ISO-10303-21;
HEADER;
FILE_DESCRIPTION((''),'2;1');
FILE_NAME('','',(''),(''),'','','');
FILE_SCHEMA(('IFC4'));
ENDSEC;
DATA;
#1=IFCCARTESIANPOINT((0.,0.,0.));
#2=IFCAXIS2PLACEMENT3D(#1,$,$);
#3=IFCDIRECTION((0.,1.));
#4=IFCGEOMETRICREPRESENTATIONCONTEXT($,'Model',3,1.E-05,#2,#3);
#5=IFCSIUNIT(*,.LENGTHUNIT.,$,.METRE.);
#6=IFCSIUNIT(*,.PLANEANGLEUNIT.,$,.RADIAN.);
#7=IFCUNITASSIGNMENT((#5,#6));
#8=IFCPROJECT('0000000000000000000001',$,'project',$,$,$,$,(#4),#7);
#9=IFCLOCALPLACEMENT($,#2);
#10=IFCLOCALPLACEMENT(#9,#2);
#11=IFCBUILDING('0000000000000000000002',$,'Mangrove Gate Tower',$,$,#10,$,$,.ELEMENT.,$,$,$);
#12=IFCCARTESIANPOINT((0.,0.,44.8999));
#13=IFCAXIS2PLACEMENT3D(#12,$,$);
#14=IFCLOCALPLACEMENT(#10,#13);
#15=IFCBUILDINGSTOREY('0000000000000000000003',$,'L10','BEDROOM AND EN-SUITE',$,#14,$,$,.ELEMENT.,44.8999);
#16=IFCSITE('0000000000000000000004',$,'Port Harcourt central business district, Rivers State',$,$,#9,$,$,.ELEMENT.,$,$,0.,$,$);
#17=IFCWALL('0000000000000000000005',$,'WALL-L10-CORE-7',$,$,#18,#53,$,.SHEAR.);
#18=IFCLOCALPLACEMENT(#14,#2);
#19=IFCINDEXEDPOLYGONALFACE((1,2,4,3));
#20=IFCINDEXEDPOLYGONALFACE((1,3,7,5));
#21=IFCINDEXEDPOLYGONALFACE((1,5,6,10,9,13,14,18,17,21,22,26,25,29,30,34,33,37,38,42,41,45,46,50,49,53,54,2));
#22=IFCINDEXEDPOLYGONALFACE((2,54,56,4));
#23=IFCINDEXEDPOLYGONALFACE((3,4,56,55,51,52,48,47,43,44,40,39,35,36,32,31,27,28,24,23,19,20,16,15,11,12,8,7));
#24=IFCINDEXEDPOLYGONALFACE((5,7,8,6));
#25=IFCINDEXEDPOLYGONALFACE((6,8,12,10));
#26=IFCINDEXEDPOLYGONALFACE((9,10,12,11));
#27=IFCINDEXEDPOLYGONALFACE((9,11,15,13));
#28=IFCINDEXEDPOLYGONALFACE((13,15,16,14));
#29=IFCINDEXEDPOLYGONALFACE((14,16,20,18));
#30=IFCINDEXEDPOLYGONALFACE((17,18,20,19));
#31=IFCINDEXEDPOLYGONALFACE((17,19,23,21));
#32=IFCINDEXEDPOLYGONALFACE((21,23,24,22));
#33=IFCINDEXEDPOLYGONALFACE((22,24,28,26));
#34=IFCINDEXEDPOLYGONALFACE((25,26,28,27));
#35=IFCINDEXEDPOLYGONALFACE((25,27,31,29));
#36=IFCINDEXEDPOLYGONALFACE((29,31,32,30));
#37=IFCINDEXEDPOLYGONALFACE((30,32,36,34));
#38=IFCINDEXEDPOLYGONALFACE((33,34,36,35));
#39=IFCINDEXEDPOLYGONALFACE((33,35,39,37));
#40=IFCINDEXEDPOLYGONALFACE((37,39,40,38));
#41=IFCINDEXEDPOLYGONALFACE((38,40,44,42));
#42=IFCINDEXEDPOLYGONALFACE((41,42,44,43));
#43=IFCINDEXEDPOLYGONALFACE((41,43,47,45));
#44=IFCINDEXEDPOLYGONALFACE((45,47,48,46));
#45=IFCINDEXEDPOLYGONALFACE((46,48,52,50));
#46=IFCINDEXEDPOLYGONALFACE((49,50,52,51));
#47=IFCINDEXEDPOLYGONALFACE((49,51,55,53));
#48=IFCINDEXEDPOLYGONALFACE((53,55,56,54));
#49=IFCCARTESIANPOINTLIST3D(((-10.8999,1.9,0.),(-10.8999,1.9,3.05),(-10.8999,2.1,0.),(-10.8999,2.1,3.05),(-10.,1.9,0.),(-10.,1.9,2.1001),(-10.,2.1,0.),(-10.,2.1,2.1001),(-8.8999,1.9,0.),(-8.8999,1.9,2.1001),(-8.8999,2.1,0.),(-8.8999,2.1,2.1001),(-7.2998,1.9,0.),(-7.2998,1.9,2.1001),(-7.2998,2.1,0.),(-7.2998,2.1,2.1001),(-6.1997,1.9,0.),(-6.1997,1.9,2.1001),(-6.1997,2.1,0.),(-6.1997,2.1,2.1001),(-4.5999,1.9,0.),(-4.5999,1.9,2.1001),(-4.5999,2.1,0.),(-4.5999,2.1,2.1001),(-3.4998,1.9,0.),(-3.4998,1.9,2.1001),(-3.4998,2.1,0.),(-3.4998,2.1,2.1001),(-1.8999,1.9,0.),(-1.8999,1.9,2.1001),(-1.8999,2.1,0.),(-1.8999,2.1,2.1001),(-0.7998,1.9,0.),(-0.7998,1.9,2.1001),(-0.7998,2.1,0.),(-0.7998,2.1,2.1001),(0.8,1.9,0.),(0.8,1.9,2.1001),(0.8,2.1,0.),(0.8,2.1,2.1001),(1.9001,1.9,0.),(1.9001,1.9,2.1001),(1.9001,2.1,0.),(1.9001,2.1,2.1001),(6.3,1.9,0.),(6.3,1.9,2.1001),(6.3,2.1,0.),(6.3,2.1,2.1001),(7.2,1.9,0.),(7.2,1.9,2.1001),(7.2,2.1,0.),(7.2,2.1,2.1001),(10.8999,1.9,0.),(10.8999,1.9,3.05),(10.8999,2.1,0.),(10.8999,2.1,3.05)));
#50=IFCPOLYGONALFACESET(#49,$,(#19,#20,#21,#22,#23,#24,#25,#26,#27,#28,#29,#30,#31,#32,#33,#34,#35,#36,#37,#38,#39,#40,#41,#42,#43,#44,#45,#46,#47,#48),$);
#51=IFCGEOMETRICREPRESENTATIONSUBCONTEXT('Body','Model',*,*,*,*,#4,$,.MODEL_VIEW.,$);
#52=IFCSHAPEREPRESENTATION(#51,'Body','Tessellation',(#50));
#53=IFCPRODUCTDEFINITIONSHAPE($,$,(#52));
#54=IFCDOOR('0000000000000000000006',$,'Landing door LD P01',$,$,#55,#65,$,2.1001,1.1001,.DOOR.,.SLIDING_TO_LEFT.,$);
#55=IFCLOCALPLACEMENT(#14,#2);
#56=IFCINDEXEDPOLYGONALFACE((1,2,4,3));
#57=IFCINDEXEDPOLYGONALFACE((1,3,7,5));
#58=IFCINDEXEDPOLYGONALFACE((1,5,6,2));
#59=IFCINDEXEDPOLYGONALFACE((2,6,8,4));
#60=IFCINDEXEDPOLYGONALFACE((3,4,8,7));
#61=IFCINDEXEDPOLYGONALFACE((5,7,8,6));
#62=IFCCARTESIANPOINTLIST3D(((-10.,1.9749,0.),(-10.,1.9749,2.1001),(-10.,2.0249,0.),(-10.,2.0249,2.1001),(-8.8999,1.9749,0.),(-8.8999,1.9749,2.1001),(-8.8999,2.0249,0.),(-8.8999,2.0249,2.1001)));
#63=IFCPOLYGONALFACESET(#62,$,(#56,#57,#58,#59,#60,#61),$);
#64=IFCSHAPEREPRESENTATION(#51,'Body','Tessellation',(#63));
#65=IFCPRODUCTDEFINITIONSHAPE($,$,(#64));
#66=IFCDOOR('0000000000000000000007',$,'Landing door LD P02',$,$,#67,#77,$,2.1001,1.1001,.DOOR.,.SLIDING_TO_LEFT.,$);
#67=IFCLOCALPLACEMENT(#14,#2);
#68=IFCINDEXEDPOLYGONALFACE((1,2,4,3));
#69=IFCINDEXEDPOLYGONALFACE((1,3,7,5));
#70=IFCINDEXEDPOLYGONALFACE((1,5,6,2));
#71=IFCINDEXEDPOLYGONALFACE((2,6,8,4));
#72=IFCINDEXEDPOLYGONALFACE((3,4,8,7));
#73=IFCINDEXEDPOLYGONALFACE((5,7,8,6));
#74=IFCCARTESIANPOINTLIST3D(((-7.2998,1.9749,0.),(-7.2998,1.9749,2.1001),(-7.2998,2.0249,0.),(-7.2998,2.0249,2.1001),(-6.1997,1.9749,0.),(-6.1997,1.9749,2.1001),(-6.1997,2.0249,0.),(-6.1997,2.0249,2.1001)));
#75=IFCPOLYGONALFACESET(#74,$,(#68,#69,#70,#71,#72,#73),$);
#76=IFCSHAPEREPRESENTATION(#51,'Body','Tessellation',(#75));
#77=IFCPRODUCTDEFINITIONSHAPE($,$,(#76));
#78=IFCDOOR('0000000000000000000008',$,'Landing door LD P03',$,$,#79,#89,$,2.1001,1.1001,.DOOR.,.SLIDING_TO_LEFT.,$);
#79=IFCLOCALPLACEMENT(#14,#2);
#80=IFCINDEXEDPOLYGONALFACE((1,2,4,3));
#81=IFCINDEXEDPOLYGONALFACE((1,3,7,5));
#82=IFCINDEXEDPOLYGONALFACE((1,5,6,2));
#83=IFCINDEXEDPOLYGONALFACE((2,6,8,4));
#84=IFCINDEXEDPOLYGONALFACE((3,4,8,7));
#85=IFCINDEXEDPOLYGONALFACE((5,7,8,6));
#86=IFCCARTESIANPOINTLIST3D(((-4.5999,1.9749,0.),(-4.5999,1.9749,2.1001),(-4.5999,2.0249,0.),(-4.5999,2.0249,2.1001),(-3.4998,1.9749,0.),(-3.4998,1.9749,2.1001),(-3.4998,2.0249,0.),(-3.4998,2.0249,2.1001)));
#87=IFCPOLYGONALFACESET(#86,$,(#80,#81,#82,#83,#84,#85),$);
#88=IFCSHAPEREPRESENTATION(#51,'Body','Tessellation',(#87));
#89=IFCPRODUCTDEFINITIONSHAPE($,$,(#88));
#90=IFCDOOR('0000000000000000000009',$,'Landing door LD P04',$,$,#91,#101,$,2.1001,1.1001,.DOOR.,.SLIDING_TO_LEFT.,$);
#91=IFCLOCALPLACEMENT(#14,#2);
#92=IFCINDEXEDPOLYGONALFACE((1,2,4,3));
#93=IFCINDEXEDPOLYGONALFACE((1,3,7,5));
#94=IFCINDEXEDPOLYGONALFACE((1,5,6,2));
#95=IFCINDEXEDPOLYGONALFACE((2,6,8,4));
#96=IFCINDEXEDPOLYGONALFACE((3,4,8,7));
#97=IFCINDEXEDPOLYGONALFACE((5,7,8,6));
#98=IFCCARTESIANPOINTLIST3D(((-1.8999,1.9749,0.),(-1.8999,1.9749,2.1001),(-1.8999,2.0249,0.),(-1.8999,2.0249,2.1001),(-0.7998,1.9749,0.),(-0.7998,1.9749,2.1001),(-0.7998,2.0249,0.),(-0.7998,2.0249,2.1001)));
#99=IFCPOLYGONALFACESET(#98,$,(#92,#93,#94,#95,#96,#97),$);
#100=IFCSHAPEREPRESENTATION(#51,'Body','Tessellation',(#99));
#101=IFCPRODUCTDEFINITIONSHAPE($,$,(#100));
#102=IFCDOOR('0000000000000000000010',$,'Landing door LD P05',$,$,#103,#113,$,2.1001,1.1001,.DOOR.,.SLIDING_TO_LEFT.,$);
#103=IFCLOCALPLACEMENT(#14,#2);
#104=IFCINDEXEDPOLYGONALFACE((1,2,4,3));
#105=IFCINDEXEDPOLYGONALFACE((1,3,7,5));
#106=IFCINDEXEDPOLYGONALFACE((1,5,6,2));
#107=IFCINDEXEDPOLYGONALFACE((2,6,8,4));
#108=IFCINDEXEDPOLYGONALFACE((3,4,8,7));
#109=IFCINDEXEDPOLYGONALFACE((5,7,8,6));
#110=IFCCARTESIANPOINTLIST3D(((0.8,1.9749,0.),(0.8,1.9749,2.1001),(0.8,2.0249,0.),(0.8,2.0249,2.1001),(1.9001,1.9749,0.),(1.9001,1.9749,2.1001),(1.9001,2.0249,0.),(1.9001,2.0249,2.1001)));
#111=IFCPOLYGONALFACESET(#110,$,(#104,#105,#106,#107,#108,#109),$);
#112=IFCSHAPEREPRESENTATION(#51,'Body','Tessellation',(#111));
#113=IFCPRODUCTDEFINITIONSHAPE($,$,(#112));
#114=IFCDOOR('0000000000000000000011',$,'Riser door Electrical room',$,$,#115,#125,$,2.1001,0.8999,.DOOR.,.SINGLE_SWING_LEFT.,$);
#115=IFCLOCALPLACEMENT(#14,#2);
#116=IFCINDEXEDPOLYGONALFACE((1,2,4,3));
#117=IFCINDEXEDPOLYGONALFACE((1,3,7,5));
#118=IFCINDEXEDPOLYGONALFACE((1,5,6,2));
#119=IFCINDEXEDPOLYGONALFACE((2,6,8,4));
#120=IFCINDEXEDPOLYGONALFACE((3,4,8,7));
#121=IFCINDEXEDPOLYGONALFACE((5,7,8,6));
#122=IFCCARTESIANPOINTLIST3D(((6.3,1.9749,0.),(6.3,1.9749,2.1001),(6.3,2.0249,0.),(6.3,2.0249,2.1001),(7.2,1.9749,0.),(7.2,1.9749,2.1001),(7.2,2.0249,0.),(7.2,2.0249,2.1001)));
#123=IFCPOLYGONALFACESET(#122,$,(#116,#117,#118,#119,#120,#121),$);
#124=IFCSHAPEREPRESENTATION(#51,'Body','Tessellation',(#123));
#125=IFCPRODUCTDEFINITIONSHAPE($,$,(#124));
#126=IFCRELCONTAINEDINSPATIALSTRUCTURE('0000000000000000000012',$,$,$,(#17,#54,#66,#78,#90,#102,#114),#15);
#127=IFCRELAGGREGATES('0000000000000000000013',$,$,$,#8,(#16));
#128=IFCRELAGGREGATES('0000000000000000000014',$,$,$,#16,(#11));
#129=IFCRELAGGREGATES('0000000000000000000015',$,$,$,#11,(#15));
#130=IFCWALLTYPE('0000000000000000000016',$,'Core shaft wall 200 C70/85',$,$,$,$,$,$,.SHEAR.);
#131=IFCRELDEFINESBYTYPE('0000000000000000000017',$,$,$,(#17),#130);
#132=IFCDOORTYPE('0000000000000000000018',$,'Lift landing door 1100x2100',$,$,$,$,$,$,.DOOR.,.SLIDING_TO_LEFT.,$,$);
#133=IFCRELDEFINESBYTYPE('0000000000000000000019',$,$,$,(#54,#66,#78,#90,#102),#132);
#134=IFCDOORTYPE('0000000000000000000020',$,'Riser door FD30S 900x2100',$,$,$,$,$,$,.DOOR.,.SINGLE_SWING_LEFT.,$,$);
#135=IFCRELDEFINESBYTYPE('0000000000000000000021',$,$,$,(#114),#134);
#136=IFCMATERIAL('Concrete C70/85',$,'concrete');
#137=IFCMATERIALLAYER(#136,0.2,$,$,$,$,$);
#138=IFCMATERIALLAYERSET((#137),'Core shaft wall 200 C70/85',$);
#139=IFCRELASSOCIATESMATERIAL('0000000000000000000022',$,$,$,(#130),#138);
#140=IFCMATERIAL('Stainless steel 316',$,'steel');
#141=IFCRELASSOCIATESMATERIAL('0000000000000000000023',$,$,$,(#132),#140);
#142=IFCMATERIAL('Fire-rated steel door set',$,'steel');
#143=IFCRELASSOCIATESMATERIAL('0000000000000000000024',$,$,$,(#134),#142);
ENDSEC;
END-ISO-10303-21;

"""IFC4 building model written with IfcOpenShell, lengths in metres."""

from ifc_helpers import new_model, si_unit, direction, frame, frame_2d, origin, place, context, subcontext, project, spatial, rectangle, extrude, material, layer, layer_set, type_object, element, fill, save


model = new_model("IFC4")

# Units and contexts
model_context = context("Model", 3, precision=1e-05, world=origin(), true_north=direction((0.0, 1.0)))
body_context = subcontext(model_context, "Body", "Model", "MODEL_VIEW")
ifc_project = project(units=[si_unit("LENGTHUNIT", "METRE"), si_unit("PLANEANGLEUNIT", "RADIAN")], contexts=[model_context])

# Site, building, storey
site_placement = place(None, origin())
site = spatial("IfcSite", under=ifc_project, at=site_placement, Name="Port Harcourt central business district, Rivers State", CompositionType="ELEMENT", RefElevation=0.0)
building_placement = place(site_placement, origin())
building = spatial("IfcBuilding", under=site, at=building_placement, Name="Mangrove Gate Tower", CompositionType="ELEMENT")
storey_placement = place(building_placement, frame((0.0, 0.0, 44.8999)))
storey = spatial("IfcBuildingStorey", under=building, at=storey_placement, Name="L10", Description="BEDROOM AND EN-SUITE", CompositionType="ELEMENT", Elevation=44.8999)

# Wall, openings, doors
ifc_material_1 = material(Name="Concrete C70/85", Category="concrete")
ifc_layer = layer(ifc_material_1, 0.2)
ifc_layer_set = layer_set([ifc_layer], Name="Core shaft wall 200 C70/85")
wall_type = type_object("IfcWallType", Name="Core shaft wall 200 C70/85", PredefinedType="SHEAR", material=ifc_layer_set)
wall_1_placement = place(storey_placement, frame((-10.8999, 2.0, 0.0), z_axis=(0.0, 0.0, 1.0), x_axis=(1.0, 0.0, 0.0)))
wall_1 = element("IfcWall", 1, at=wall_1_placement, inside=storey, type_object=wall_type, Name="WALL-L10-CORE-7", PredefinedType="SHEAR", context=body_context, shape_type="SweptSolid", body=[
    extrude(rectangle(XDim=21.7998, YDim=0.2, at=frame_2d((10.8999, 0.0))), origin(), (0.0, 0.0, 1.0), 3.05),
])
opening_1_placement = place(wall_1_placement, frame((0.8999, 0.0, 0.0)))
opening_1 = element("IfcOpeningElement", 2, at=opening_1_placement, cuts=wall_1, PredefinedType="OPENING", context=body_context, shape_type="SweptSolid", body=[
    extrude(rectangle(XDim=1.1001, YDim=2.1001, at=frame_2d((0.55, 1.05))), frame((0.0, 0.1099, 0.0), z_axis=(0.0, -1.0, 0.0), x_axis=(1.0, 0.0, 0.0)), (0.0, 0.0, 1.0), 0.22),
])
opening_2_placement = place(wall_1_placement, frame((3.6001, 0.0, 0.0)))
opening_2 = element("IfcOpeningElement", 3, at=opening_2_placement, cuts=wall_1, PredefinedType="OPENING", context=body_context, shape_type="SweptSolid", body=[
    extrude(rectangle(XDim=1.1001, YDim=2.1001, at=frame_2d((0.55, 1.05))), frame((0.0, 0.1099, 0.0), z_axis=(0.0, -1.0, 0.0), x_axis=(1.0, 0.0, 0.0)), (0.0, 0.0, 1.0), 0.22),
])
opening_3_placement = place(wall_1_placement, frame((6.3, 0.0, 0.0)))
opening_3 = element("IfcOpeningElement", 4, at=opening_3_placement, cuts=wall_1, PredefinedType="OPENING", context=body_context, shape_type="SweptSolid", body=[
    extrude(rectangle(XDim=1.1001, YDim=2.1001, at=frame_2d((0.55, 1.05))), frame((0.0, 0.1099, 0.0), z_axis=(0.0, -1.0, 0.0), x_axis=(1.0, 0.0, 0.0)), (0.0, 0.0, 1.0), 0.22),
])
opening_4_placement = place(wall_1_placement, frame((9.0, 0.0, 0.0)))
opening_4 = element("IfcOpeningElement", 5, at=opening_4_placement, cuts=wall_1, PredefinedType="OPENING", context=body_context, shape_type="SweptSolid", body=[
    extrude(rectangle(XDim=1.1001, YDim=2.1001, at=frame_2d((0.55, 1.05))), frame((0.0, 0.1099, 0.0), z_axis=(0.0, -1.0, 0.0), x_axis=(1.0, 0.0, 0.0)), (0.0, 0.0, 1.0), 0.22),
])
opening_5_placement = place(wall_1_placement, frame((11.7, 0.0, 0.0)))
opening_5 = element("IfcOpeningElement", 6, at=opening_5_placement, cuts=wall_1, PredefinedType="OPENING", context=body_context, shape_type="SweptSolid", body=[
    extrude(rectangle(XDim=1.1001, YDim=2.1001, at=frame_2d((0.55, 1.05))), frame((0.0, 0.1099, 0.0), z_axis=(0.0, -1.0, 0.0), x_axis=(1.0, 0.0, 0.0)), (0.0, 0.0, 1.0), 0.22),
])
opening_6_placement = place(wall_1_placement, frame((17.2, 0.0, 0.0)))
opening_6 = element("IfcOpeningElement", 7, at=opening_6_placement, cuts=wall_1, PredefinedType="OPENING", context=body_context, shape_type="SweptSolid", body=[
    extrude(rectangle(XDim=0.8999, YDim=2.1001, at=frame_2d((0.45, 1.05))), frame((0.0, 0.1099, 0.0), z_axis=(0.0, -1.0, 0.0), x_axis=(1.0, 0.0, 0.0)), (0.0, 0.0, 1.0), 0.22),
])
ifc_material_2 = material(Name="Stainless steel 316", Category="steel")
door_type_1 = type_object("IfcDoorType", Name="Lift landing door 1100x2100", OperationType="SLIDING_TO_LEFT", PredefinedType="DOOR", material=ifc_material_2)
door_1_placement = place(opening_1_placement, origin())
door_1 = element("IfcDoor", 8, at=door_1_placement, inside=storey, type_object=door_type_1, Name="Landing door LD P01", OperationType="SLIDING_TO_LEFT", OverallHeight=2.1001, OverallWidth=1.1001, PredefinedType="DOOR", context=body_context, shape_type="SweptSolid", body=[
    extrude(rectangle(XDim=1.1001, YDim=2.1001, at=frame_2d((0.55, 1.05))), frame((0.0, 0.0249, 0.0), z_axis=(0.0, -1.0, 0.0), x_axis=(1.0, 0.0, 0.0)), (0.0, 0.0, 1.0), 0.05),
])
fill(opening_1, door_1)
door_2_placement = place(opening_2_placement, origin())
door_2 = element("IfcDoor", 9, at=door_2_placement, inside=storey, type_object=door_type_1, Name="Landing door LD P02", OperationType="SLIDING_TO_LEFT", OverallHeight=2.1001, OverallWidth=1.1001, PredefinedType="DOOR", context=body_context, shape_type="SweptSolid", body=[
    extrude(rectangle(XDim=1.1001, YDim=2.1001, at=frame_2d((0.55, 1.05))), frame((0.0, 0.0249, 0.0), z_axis=(0.0, -1.0, 0.0), x_axis=(1.0, 0.0, 0.0)), (0.0, 0.0, 1.0), 0.05),
])
fill(opening_2, door_2)
door_3_placement = place(opening_3_placement, origin())
door_3 = element("IfcDoor", 10, at=door_3_placement, inside=storey, type_object=door_type_1, Name="Landing door LD P03", OperationType="SLIDING_TO_LEFT", OverallHeight=2.1001, OverallWidth=1.1001, PredefinedType="DOOR", context=body_context, shape_type="SweptSolid", body=[
    extrude(rectangle(XDim=1.1001, YDim=2.1001, at=frame_2d((0.55, 1.05))), frame((0.0, 0.0249, 0.0), z_axis=(0.0, -1.0, 0.0), x_axis=(1.0, 0.0, 0.0)), (0.0, 0.0, 1.0), 0.05),
])
fill(opening_3, door_3)
door_4_placement = place(opening_4_placement, origin())
door_4 = element("IfcDoor", 11, at=door_4_placement, inside=storey, type_object=door_type_1, Name="Landing door LD P04", OperationType="SLIDING_TO_LEFT", OverallHeight=2.1001, OverallWidth=1.1001, PredefinedType="DOOR", context=body_context, shape_type="SweptSolid", body=[
    extrude(rectangle(XDim=1.1001, YDim=2.1001, at=frame_2d((0.55, 1.05))), frame((0.0, 0.0249, 0.0), z_axis=(0.0, -1.0, 0.0), x_axis=(1.0, 0.0, 0.0)), (0.0, 0.0, 1.0), 0.05),
])
fill(opening_4, door_4)
door_5_placement = place(opening_5_placement, origin())
door_5 = element("IfcDoor", 12, at=door_5_placement, inside=storey, type_object=door_type_1, Name="Landing door LD P05", OperationType="SLIDING_TO_LEFT", OverallHeight=2.1001, OverallWidth=1.1001, PredefinedType="DOOR", context=body_context, shape_type="SweptSolid", body=[
    extrude(rectangle(XDim=1.1001, YDim=2.1001, at=frame_2d((0.55, 1.05))), frame((0.0, 0.0249, 0.0), z_axis=(0.0, -1.0, 0.0), x_axis=(1.0, 0.0, 0.0)), (0.0, 0.0, 1.0), 0.05),
])
fill(opening_5, door_5)
ifc_material_3 = material(Name="Fire-rated steel door set", Category="steel")
door_type_2 = type_object("IfcDoorType", Name="Riser door FD30S 900x2100", OperationType="SINGLE_SWING_LEFT", PredefinedType="DOOR", material=ifc_material_3)
door_6_placement = place(opening_6_placement, origin())
door_6 = element("IfcDoor", 13, at=door_6_placement, inside=storey, type_object=door_type_2, Name="Riser door Electrical room", OperationType="SINGLE_SWING_LEFT", OverallHeight=2.1001, OverallWidth=0.8999, PredefinedType="DOOR", context=body_context, shape_type="SweptSolid", body=[
    extrude(rectangle(XDim=0.8999, YDim=2.1001, at=frame_2d((0.45, 1.05))), frame((0.0, 0.0249, 0.0), z_axis=(0.0, -1.0, 0.0), x_axis=(1.0, 0.0, 0.0)), (0.0, 0.0, 1.0), 0.05),
])
fill(opening_6, door_6)

save(model, "model.ifc")
